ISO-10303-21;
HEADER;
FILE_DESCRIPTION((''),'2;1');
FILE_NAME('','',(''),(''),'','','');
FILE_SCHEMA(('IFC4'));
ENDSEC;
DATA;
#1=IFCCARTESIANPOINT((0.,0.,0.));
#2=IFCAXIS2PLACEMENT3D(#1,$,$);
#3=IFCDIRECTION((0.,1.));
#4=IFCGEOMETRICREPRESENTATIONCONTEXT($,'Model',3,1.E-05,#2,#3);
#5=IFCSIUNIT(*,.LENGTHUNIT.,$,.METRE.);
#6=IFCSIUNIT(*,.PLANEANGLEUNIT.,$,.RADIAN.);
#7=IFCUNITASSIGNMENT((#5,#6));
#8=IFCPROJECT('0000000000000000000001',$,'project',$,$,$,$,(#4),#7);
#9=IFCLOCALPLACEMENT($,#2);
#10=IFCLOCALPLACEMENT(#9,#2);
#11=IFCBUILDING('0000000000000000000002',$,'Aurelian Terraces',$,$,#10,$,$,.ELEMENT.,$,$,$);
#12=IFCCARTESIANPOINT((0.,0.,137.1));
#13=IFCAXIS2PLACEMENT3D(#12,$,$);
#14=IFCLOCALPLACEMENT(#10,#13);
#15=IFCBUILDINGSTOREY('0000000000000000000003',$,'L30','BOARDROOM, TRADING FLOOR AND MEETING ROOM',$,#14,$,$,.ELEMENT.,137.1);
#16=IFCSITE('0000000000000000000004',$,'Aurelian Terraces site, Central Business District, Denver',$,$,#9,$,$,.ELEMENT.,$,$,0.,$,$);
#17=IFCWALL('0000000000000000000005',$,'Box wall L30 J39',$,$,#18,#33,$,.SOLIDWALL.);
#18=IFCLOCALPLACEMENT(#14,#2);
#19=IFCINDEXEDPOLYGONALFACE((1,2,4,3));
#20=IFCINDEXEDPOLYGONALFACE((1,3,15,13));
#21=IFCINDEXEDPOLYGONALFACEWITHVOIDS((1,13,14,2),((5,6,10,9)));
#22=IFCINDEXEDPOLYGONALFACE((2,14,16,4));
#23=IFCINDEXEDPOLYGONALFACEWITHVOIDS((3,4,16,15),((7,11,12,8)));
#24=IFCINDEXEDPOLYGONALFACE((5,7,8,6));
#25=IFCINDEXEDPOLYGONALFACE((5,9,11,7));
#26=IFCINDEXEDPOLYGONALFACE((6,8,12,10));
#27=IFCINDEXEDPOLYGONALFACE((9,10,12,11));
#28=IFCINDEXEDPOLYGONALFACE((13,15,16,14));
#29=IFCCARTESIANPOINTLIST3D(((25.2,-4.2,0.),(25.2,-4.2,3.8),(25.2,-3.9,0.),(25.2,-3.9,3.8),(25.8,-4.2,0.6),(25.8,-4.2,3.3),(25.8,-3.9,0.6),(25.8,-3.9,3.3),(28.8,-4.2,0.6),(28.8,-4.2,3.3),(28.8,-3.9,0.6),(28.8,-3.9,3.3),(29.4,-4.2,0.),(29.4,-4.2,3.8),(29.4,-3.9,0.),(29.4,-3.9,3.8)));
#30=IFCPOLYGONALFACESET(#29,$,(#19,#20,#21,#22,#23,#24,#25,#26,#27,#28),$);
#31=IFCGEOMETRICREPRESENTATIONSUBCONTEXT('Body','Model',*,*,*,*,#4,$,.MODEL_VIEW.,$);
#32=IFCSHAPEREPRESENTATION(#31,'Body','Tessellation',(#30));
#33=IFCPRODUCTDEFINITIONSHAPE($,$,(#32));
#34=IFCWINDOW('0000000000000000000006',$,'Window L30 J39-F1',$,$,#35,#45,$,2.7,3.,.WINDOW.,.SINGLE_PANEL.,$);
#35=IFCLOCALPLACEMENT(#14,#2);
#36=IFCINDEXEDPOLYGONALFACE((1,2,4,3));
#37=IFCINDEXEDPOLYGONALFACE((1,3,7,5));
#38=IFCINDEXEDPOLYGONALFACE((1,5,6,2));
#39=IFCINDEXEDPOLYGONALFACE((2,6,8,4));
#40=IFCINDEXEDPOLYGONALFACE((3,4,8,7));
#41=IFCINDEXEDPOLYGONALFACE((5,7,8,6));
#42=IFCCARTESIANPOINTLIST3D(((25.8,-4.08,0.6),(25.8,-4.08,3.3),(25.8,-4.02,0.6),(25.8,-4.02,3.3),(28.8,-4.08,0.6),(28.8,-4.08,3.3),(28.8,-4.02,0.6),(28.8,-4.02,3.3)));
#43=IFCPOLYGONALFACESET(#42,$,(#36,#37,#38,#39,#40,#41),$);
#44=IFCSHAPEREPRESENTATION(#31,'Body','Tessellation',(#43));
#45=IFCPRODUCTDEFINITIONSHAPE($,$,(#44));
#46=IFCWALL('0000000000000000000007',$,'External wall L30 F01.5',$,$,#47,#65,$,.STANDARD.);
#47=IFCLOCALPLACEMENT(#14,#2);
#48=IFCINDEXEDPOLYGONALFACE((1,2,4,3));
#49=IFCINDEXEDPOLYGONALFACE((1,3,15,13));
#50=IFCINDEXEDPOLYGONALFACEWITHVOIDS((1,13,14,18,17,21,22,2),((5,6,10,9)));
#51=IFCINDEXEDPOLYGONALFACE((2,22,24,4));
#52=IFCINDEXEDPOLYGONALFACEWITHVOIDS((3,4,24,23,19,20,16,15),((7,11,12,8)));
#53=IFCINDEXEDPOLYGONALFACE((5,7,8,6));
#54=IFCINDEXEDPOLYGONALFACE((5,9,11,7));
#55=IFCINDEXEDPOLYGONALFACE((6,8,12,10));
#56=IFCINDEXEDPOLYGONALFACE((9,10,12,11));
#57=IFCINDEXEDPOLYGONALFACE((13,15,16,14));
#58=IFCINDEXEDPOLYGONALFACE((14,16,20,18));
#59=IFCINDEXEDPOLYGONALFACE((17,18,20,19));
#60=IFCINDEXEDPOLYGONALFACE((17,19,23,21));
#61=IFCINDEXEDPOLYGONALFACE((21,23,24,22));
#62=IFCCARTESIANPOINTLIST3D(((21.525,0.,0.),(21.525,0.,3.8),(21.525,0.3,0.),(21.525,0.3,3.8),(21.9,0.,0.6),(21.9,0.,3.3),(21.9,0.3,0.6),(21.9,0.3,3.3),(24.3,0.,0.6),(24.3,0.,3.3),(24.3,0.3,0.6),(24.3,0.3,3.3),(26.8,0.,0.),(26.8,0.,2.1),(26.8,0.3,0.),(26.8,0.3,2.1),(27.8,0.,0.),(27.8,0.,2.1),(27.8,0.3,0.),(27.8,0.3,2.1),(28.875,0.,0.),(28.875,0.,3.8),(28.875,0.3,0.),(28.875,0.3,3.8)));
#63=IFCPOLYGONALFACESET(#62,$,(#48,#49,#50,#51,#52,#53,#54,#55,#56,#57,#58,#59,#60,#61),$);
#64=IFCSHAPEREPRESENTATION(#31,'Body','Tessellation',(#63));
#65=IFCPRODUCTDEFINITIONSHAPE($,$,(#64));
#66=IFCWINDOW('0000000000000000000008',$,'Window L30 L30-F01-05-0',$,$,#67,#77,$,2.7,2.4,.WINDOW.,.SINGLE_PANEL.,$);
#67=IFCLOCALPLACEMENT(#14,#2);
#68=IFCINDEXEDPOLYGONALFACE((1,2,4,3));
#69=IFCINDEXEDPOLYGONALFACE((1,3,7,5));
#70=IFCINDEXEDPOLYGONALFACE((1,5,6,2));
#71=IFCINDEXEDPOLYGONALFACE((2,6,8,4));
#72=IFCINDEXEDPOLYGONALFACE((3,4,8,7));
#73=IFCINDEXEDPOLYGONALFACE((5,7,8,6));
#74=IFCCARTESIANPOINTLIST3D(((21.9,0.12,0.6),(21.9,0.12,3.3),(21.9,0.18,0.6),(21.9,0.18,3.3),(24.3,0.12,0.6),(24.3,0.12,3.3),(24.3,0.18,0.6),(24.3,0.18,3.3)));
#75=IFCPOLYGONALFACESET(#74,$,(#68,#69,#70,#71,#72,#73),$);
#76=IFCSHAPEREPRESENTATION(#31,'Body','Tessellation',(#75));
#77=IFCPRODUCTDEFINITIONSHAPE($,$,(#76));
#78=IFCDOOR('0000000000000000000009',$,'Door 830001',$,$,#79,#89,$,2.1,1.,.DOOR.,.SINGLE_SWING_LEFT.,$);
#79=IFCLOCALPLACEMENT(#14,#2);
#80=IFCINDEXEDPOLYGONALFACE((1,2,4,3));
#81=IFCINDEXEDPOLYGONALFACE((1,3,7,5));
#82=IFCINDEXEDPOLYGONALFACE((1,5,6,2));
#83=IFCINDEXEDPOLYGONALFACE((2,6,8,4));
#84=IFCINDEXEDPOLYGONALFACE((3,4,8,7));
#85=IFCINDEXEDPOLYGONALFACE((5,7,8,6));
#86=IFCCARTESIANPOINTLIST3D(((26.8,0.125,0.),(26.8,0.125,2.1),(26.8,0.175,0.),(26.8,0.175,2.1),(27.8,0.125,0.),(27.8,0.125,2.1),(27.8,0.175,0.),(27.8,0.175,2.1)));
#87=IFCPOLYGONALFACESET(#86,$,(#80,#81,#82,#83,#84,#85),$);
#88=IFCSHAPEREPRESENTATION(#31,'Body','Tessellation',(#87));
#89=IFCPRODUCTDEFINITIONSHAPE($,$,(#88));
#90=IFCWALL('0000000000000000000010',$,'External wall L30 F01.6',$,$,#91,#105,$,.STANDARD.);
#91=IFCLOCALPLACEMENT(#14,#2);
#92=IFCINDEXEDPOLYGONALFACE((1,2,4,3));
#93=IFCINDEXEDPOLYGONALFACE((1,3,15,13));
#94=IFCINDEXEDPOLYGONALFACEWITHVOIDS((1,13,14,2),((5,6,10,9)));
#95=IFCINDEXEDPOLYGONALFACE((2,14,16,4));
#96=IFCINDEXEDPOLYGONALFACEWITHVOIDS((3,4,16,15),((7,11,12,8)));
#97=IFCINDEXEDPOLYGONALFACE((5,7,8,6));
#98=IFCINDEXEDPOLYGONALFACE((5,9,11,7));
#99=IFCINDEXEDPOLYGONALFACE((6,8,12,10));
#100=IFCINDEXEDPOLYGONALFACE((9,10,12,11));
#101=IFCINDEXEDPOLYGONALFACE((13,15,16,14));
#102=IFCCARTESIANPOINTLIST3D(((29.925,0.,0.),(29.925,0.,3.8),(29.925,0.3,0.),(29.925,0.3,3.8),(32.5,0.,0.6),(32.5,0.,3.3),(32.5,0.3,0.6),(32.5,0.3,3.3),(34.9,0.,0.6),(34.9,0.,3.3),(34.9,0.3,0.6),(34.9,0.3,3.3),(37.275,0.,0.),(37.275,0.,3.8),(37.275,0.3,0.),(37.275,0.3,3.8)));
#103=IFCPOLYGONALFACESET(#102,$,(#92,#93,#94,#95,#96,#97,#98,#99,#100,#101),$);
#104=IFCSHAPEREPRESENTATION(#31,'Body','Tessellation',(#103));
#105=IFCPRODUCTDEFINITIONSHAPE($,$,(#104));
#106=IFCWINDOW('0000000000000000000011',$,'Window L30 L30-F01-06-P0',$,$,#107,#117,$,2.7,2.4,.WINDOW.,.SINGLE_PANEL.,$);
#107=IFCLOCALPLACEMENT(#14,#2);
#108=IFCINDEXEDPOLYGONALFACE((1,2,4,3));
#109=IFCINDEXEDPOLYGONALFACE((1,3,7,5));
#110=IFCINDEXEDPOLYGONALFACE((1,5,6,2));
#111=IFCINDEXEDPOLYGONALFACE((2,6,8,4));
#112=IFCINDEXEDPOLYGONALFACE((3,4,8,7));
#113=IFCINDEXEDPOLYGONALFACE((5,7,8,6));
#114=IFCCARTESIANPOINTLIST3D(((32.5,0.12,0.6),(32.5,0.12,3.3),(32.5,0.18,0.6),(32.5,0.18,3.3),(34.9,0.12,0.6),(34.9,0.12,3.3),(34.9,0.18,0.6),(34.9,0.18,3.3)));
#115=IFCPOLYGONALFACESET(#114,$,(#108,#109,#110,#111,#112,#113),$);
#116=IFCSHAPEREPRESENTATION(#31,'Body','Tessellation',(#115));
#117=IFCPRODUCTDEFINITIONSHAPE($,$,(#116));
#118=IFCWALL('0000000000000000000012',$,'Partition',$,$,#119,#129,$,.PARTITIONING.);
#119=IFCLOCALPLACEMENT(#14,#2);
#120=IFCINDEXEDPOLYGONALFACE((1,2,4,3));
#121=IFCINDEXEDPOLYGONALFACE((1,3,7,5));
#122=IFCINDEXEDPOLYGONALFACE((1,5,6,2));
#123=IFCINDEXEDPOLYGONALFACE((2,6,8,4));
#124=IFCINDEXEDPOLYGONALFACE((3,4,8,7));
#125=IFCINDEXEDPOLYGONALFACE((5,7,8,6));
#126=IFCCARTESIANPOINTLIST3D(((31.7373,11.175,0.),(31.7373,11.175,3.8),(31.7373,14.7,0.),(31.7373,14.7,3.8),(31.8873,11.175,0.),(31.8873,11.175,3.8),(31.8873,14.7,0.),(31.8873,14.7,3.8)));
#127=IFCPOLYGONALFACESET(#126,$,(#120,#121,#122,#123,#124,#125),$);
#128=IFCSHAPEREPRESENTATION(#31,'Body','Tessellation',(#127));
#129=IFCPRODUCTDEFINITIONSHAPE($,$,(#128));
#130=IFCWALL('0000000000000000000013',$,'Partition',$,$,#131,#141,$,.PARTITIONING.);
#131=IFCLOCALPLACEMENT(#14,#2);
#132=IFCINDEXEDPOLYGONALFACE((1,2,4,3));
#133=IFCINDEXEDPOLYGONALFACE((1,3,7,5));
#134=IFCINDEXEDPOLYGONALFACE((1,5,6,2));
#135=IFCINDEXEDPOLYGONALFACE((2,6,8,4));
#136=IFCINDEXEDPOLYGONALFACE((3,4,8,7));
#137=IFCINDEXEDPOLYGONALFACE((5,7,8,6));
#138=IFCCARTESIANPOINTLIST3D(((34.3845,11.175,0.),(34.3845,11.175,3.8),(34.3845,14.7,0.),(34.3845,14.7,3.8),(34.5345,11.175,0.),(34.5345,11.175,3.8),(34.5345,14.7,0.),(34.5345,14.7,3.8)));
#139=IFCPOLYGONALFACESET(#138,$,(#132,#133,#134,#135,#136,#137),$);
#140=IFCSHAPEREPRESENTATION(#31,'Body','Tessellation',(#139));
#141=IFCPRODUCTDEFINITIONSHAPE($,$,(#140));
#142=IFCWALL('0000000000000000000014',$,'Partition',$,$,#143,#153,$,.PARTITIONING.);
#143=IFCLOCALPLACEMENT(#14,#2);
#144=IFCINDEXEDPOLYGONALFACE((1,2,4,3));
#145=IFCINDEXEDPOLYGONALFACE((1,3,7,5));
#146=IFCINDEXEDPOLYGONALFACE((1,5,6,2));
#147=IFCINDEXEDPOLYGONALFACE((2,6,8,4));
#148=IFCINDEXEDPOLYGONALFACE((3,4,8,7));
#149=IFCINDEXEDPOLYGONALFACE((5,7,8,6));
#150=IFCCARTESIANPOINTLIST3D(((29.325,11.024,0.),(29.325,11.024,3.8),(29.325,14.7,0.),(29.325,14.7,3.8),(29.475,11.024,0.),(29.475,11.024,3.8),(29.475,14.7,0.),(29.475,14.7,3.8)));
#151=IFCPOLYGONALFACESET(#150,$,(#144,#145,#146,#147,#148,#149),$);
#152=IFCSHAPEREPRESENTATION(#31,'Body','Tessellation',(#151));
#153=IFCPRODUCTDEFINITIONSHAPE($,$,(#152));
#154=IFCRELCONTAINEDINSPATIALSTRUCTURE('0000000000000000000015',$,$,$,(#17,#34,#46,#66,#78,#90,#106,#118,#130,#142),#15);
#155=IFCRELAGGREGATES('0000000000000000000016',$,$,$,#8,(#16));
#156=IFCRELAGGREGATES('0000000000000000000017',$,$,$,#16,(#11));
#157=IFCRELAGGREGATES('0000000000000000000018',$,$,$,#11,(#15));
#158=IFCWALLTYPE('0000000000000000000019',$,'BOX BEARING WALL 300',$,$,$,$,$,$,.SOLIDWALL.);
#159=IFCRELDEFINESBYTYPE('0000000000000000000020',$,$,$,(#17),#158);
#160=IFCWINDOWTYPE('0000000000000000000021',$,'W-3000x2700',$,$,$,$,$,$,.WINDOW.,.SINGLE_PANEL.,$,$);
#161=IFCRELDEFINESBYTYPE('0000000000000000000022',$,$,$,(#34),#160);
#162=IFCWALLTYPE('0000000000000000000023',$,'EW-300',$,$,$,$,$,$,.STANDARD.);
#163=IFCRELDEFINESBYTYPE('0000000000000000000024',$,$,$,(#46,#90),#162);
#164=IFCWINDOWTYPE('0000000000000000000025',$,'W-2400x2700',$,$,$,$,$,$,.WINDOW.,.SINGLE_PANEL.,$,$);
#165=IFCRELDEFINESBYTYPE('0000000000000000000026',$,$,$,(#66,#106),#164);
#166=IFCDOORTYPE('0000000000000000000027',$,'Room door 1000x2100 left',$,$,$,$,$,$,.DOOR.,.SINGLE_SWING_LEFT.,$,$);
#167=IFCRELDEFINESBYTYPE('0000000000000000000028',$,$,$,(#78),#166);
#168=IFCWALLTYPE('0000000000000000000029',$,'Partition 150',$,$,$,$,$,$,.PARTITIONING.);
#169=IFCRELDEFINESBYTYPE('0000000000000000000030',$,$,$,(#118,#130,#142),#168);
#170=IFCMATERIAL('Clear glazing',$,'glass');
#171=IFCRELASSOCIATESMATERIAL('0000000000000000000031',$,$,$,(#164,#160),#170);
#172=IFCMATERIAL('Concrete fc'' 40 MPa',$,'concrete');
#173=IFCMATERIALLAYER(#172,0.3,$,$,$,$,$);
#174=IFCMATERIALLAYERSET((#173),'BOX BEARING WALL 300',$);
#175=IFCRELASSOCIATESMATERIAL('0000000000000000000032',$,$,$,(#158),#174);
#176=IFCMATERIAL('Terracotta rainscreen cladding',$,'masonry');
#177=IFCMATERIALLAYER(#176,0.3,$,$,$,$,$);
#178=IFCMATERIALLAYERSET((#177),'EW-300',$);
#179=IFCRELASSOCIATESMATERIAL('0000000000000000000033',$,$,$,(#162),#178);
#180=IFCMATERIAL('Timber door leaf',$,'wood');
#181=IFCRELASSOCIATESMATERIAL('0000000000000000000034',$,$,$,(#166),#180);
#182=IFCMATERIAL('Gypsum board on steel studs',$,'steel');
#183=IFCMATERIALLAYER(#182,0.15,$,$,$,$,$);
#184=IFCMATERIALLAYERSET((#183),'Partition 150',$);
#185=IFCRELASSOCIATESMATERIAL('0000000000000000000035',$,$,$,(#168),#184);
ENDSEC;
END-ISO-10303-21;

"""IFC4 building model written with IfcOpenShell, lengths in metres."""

from ifc_helpers import new_model, si_unit, direction, frame, frame_2d, origin, place, context, subcontext, project, spatial, rectangle, extrude, source, transform, mapped, material, layer, layer_set, type_object, element, fill, save


model = new_model("IFC4")

# Units and contexts
model_context = context("Model", 3, precision=1e-05, world=origin(), true_north=direction((0.0, 1.0)))
body_context = subcontext(model_context, "Body", "Model", "MODEL_VIEW")
ifc_project = project(units=[si_unit("LENGTHUNIT", "METRE"), si_unit("PLANEANGLEUNIT", "RADIAN")], contexts=[model_context])

# Site, building, storey
site_placement = place(None, origin())
site = spatial("IfcSite", under=ifc_project, at=site_placement, Name="Aurelian Terraces site, Central Business District, Denver", CompositionType="ELEMENT", RefElevation=0.0)
building_placement = place(site_placement, origin())
building = spatial("IfcBuilding", under=site, at=building_placement, Name="Aurelian Terraces", CompositionType="ELEMENT")
storey_placement = place(building_placement, frame((0.0, 0.0, 137.1)))
storey = spatial("IfcBuildingStorey", under=building, at=storey_placement, Name="L30", Description="BOARDROOM, TRADING FLOOR AND MEETING ROOM", CompositionType="ELEMENT", Elevation=137.1)

# Wall, opening, window
ifc_material_1 = material(Name="Concrete fc' 40 MPa", Category="concrete")
ifc_material_2 = material(Name="Clear glazing", Category="glass")
window_type_1 = type_object("IfcWindowType", Name="W-2400x2700", PartitioningType="SINGLE_PANEL", PredefinedType="WINDOW", material=ifc_material_2)
shared_shape_1 = source(origin(), body_context, "Body", "SweptSolid", [
    extrude(rectangle(XDim=2.4, YDim=2.7, at=frame_2d((1.2, 1.35))), frame((0.0, 0.03, 0.0), z_axis=(0.0, -1.0, 0.0), x_axis=(1.0, 0.0, 0.0)), (0.0, 0.0, 1.0), 0.06),
])
ifc_layer_1 = layer(ifc_material_1, 0.3)
ifc_layer_set_1 = layer_set([ifc_layer_1], Name="BOX BEARING WALL 300")
wall_type_1 = type_object("IfcWallType", Name="BOX BEARING WALL 300", PredefinedType="SOLIDWALL", material=ifc_layer_set_1)
shared_shape_2 = source(origin(), body_context, "Body", "SweptSolid", [
    extrude(rectangle(XDim=4.2, YDim=0.3, at=frame_2d((2.1, 0.0))), origin(), (0.0, 0.0, 1.0), 3.8),
])
wall_1_placement = place(storey_placement, frame((25.2, -4.05, 0.0), z_axis=(0.0, 0.0, 1.0), x_axis=(1.0, 0.0, 0.0)))
wall_1 = element("IfcWall", 1, at=wall_1_placement, inside=storey, type_object=wall_type_1, Name="Box wall L30 J39", PredefinedType="SOLIDWALL", context=body_context, shape_type="MappedRepresentation", body=[
    mapped(shared_shape_2, transform((0.0, 0.0, 0.0), scale=1.0)),
])
shared_shape_3 = source(origin(), body_context, "Body", "SweptSolid", [
    extrude(rectangle(XDim=3.0, YDim=2.7, at=frame_2d((1.5, 1.35))), frame((0.0, 0.16, 0.0), z_axis=(0.0, -1.0, 0.0), x_axis=(1.0, 0.0, 0.0)), (0.0, 0.0, 1.0), 0.32),
])
opening_1_placement = place(wall_1_placement, frame((0.6, 0.0, 0.6)))
opening_1 = element("IfcOpeningElement", 2, at=opening_1_placement, cuts=wall_1, PredefinedType="OPENING", context=body_context, shape_type="MappedRepresentation", body=[
    mapped(shared_shape_3, transform((0.0, 0.0, 0.0), scale=1.0)),
])
window_type_2 = type_object("IfcWindowType", Name="W-3000x2700", PartitioningType="SINGLE_PANEL", PredefinedType="WINDOW", material=ifc_material_2)
shared_shape_4 = source(origin(), body_context, "Body", "SweptSolid", [
    extrude(rectangle(XDim=3.0, YDim=2.7, at=frame_2d((1.5, 1.35))), frame((0.0, 0.03, 0.0), z_axis=(0.0, -1.0, 0.0), x_axis=(1.0, 0.0, 0.0)), (0.0, 0.0, 1.0), 0.06),
])
window_1_placement = place(opening_1_placement, origin())
window_1 = element("IfcWindow", 3, at=window_1_placement, inside=storey, type_object=window_type_2, Name="Window L30 J39-F1", OverallHeight=2.7, OverallWidth=3.0, PartitioningType="SINGLE_PANEL", PredefinedType="WINDOW", context=body_context, shape_type="MappedRepresentation", body=[
    mapped(shared_shape_4, transform((0.0, 0.0, 0.0), scale=1.0)),
])
fill(opening_1, window_1)

# Wall, openings, window, door
ifc_material_3 = material(Name="Terracotta rainscreen cladding", Category="masonry")
ifc_layer_2 = layer(ifc_material_3, 0.3)
ifc_layer_set_2 = layer_set([ifc_layer_2], Name="EW-300")
wall_type_2 = type_object("IfcWallType", Name="EW-300", PredefinedType="STANDARD", material=ifc_layer_set_2)
shared_shape_5 = source(origin(), body_context, "Body", "SweptSolid", [
    extrude(rectangle(XDim=7.35, YDim=0.3, at=frame_2d((3.675, 0.0))), origin(), (0.0, 0.0, 1.0), 3.8),
])
wall_2_placement = place(storey_placement, frame((21.525, 0.15, 0.0), z_axis=(0.0, 0.0, 1.0), x_axis=(1.0, 0.0, 0.0)))
wall_2 = element("IfcWall", 4, at=wall_2_placement, inside=storey, type_object=wall_type_2, Name="External wall L30 F01.5", PredefinedType="STANDARD", context=body_context, shape_type="MappedRepresentation", body=[
    mapped(shared_shape_5, transform((0.0, 0.0, 0.0), scale=1.0)),
])
shared_shape_6 = source(origin(), body_context, "Body", "SweptSolid", [
    extrude(rectangle(XDim=2.4, YDim=2.7, at=frame_2d((1.2, 1.35))), frame((0.0, 0.16, 0.0), z_axis=(0.0, -1.0, 0.0), x_axis=(1.0, 0.0, 0.0)), (0.0, 0.0, 1.0), 0.32),
])
opening_2_placement = place(wall_2_placement, frame((0.375, 0.0, 0.6)))
opening_2 = element("IfcOpeningElement", 5, at=opening_2_placement, cuts=wall_2, PredefinedType="OPENING", context=body_context, shape_type="MappedRepresentation", body=[
    mapped(shared_shape_6, transform((0.0, 0.0, 0.0), scale=1.0)),
])
shared_shape_7 = source(origin(), body_context, "Body", "SweptSolid", [
    extrude(rectangle(XDim=1.0, YDim=2.1, at=frame_2d((0.5, 1.05))), frame((0.0, 0.16, 0.0), z_axis=(0.0, -1.0, 0.0), x_axis=(1.0, 0.0, 0.0)), (0.0, 0.0, 1.0), 0.32),
])
opening_3_placement = place(wall_2_placement, frame((5.275, 0.0, 0.0)))
opening_3 = element("IfcOpeningElement", 6, at=opening_3_placement, cuts=wall_2, PredefinedType="OPENING", context=body_context, shape_type="MappedRepresentation", body=[
    mapped(shared_shape_7, transform((0.0, 0.0, 0.0), scale=1.0)),
])
window_2_placement = place(opening_2_placement, origin())
window_2 = element("IfcWindow", 7, at=window_2_placement, inside=storey, type_object=window_type_1, Name="Window L30 L30-F01-05-0", OverallHeight=2.7, OverallWidth=2.4, PartitioningType="SINGLE_PANEL", PredefinedType="WINDOW", context=body_context, shape_type="MappedRepresentation", body=[
    mapped(shared_shape_1, transform((0.0, 0.0, 0.0), scale=1.0)),
])
fill(opening_2, window_2)
ifc_material_4 = material(Name="Timber door leaf", Category="wood")
door_type_1 = type_object("IfcDoorType", Name="Room door 1000x2100 left", OperationType="SINGLE_SWING_LEFT", PredefinedType="DOOR", material=ifc_material_4)
shared_shape_8 = source(origin(), body_context, "Body", "SweptSolid", [
    extrude(rectangle(XDim=1.0, YDim=2.1, at=frame_2d((0.5, 1.05))), frame((0.0, 0.025, 0.0), z_axis=(0.0, -1.0, 0.0), x_axis=(1.0, 0.0, 0.0)), (0.0, 0.0, 1.0), 0.05),
])
door_1_placement = place(opening_3_placement, origin())
door_1 = element("IfcDoor", 8, at=door_1_placement, inside=storey, type_object=door_type_1, Name="Door 830001", OperationType="SINGLE_SWING_LEFT", OverallHeight=2.1, OverallWidth=1.0, PredefinedType="DOOR", context=body_context, shape_type="MappedRepresentation", body=[
    mapped(shared_shape_8, transform((0.0, 0.0, 0.0), scale=1.0)),
])
fill(opening_3, door_1)

# Wall, opening, window
wall_3_placement = place(storey_placement, frame((29.925, 0.15, 0.0), z_axis=(0.0, 0.0, 1.0), x_axis=(1.0, 0.0, 0.0)))
wall_3 = element("IfcWall", 9, at=wall_3_placement, inside=storey, type_object=wall_type_2, Name="External wall L30 F01.6", PredefinedType="STANDARD", context=body_context, shape_type="MappedRepresentation", body=[
    mapped(shared_shape_5, transform((0.0, 0.0, 0.0), scale=1.0)),
])
opening_4_placement = place(wall_3_placement, frame((2.575, 0.0, 0.6)))
opening_4 = element("IfcOpeningElement", 10, at=opening_4_placement, cuts=wall_3, PredefinedType="OPENING", context=body_context, shape_type="MappedRepresentation", body=[
    mapped(shared_shape_6, transform((0.0, 0.0, 0.0), scale=1.0)),
])
window_3_placement = place(opening_4_placement, origin())
window_3 = element("IfcWindow", 11, at=window_3_placement, inside=storey, type_object=window_type_1, Name="Window L30 L30-F01-06-P0", OverallHeight=2.7, OverallWidth=2.4, PartitioningType="SINGLE_PANEL", PredefinedType="WINDOW", context=body_context, shape_type="MappedRepresentation", body=[
    mapped(shared_shape_1, transform((0.0, 0.0, 0.0), scale=1.0)),
])
fill(opening_4, window_3)

# Walls
ifc_material_5 = material(Name="Gypsum board on steel studs", Category="steel")
ifc_layer_3 = layer(ifc_material_5, 0.15)
ifc_layer_set_3 = layer_set([ifc_layer_3], Name="Partition 150")
wall_type_3 = type_object("IfcWallType", Name="Partition 150", PredefinedType="PARTITIONING", material=ifc_layer_set_3)
shared_shape_9 = source(origin(), body_context, "Body", "SweptSolid", [
    extrude(rectangle(XDim=3.525, YDim=0.15, at=frame_2d((1.7625, 0.0))), origin(), (0.0, 0.0, 1.0), 3.8),
])
for number, where, z_axis, x_axis, name in (
    (12, (31.8123, 11.175, 0.0), (0.0, 0.0, 1.0), (0.0, 1.0, 0.0), "Partition"),
    (13, (34.4595, 11.175, 0.0), (0.0, 0.0, 1.0), (0.0, 1.0, 0.0), "Partition"),
):
    element("IfcWall", number, at=place(storey_placement, frame(where, z_axis=z_axis, x_axis=x_axis)), inside=storey, type_object=wall_type_3, Name=name, PredefinedType="PARTITIONING", context=body_context, shape_type="MappedRepresentation", body=[
        mapped(shared_shape_9, transform((0.0, 0.0, 0.0), scale=1.0)),
    ])
shared_shape_10 = source(origin(), body_context, "Body", "SweptSolid", [
    extrude(rectangle(XDim=3.676, YDim=0.15, at=frame_2d((1.838, 0.0))), origin(), (0.0, 0.0, 1.0), 3.8),
])
wall_4_placement = place(storey_placement, frame((29.4, 11.024, 0.0), z_axis=(0.0, 0.0, 1.0), x_axis=(0.0, 1.0, 0.0)))
element("IfcWall", 14, at=wall_4_placement, inside=storey, type_object=wall_type_3, Name="Partition", PredefinedType="PARTITIONING", context=body_context, shape_type="MappedRepresentation", body=[
    mapped(shared_shape_10, transform((0.0, 0.0, 0.0), scale=1.0)),
])

save(model, "model.ifc")
